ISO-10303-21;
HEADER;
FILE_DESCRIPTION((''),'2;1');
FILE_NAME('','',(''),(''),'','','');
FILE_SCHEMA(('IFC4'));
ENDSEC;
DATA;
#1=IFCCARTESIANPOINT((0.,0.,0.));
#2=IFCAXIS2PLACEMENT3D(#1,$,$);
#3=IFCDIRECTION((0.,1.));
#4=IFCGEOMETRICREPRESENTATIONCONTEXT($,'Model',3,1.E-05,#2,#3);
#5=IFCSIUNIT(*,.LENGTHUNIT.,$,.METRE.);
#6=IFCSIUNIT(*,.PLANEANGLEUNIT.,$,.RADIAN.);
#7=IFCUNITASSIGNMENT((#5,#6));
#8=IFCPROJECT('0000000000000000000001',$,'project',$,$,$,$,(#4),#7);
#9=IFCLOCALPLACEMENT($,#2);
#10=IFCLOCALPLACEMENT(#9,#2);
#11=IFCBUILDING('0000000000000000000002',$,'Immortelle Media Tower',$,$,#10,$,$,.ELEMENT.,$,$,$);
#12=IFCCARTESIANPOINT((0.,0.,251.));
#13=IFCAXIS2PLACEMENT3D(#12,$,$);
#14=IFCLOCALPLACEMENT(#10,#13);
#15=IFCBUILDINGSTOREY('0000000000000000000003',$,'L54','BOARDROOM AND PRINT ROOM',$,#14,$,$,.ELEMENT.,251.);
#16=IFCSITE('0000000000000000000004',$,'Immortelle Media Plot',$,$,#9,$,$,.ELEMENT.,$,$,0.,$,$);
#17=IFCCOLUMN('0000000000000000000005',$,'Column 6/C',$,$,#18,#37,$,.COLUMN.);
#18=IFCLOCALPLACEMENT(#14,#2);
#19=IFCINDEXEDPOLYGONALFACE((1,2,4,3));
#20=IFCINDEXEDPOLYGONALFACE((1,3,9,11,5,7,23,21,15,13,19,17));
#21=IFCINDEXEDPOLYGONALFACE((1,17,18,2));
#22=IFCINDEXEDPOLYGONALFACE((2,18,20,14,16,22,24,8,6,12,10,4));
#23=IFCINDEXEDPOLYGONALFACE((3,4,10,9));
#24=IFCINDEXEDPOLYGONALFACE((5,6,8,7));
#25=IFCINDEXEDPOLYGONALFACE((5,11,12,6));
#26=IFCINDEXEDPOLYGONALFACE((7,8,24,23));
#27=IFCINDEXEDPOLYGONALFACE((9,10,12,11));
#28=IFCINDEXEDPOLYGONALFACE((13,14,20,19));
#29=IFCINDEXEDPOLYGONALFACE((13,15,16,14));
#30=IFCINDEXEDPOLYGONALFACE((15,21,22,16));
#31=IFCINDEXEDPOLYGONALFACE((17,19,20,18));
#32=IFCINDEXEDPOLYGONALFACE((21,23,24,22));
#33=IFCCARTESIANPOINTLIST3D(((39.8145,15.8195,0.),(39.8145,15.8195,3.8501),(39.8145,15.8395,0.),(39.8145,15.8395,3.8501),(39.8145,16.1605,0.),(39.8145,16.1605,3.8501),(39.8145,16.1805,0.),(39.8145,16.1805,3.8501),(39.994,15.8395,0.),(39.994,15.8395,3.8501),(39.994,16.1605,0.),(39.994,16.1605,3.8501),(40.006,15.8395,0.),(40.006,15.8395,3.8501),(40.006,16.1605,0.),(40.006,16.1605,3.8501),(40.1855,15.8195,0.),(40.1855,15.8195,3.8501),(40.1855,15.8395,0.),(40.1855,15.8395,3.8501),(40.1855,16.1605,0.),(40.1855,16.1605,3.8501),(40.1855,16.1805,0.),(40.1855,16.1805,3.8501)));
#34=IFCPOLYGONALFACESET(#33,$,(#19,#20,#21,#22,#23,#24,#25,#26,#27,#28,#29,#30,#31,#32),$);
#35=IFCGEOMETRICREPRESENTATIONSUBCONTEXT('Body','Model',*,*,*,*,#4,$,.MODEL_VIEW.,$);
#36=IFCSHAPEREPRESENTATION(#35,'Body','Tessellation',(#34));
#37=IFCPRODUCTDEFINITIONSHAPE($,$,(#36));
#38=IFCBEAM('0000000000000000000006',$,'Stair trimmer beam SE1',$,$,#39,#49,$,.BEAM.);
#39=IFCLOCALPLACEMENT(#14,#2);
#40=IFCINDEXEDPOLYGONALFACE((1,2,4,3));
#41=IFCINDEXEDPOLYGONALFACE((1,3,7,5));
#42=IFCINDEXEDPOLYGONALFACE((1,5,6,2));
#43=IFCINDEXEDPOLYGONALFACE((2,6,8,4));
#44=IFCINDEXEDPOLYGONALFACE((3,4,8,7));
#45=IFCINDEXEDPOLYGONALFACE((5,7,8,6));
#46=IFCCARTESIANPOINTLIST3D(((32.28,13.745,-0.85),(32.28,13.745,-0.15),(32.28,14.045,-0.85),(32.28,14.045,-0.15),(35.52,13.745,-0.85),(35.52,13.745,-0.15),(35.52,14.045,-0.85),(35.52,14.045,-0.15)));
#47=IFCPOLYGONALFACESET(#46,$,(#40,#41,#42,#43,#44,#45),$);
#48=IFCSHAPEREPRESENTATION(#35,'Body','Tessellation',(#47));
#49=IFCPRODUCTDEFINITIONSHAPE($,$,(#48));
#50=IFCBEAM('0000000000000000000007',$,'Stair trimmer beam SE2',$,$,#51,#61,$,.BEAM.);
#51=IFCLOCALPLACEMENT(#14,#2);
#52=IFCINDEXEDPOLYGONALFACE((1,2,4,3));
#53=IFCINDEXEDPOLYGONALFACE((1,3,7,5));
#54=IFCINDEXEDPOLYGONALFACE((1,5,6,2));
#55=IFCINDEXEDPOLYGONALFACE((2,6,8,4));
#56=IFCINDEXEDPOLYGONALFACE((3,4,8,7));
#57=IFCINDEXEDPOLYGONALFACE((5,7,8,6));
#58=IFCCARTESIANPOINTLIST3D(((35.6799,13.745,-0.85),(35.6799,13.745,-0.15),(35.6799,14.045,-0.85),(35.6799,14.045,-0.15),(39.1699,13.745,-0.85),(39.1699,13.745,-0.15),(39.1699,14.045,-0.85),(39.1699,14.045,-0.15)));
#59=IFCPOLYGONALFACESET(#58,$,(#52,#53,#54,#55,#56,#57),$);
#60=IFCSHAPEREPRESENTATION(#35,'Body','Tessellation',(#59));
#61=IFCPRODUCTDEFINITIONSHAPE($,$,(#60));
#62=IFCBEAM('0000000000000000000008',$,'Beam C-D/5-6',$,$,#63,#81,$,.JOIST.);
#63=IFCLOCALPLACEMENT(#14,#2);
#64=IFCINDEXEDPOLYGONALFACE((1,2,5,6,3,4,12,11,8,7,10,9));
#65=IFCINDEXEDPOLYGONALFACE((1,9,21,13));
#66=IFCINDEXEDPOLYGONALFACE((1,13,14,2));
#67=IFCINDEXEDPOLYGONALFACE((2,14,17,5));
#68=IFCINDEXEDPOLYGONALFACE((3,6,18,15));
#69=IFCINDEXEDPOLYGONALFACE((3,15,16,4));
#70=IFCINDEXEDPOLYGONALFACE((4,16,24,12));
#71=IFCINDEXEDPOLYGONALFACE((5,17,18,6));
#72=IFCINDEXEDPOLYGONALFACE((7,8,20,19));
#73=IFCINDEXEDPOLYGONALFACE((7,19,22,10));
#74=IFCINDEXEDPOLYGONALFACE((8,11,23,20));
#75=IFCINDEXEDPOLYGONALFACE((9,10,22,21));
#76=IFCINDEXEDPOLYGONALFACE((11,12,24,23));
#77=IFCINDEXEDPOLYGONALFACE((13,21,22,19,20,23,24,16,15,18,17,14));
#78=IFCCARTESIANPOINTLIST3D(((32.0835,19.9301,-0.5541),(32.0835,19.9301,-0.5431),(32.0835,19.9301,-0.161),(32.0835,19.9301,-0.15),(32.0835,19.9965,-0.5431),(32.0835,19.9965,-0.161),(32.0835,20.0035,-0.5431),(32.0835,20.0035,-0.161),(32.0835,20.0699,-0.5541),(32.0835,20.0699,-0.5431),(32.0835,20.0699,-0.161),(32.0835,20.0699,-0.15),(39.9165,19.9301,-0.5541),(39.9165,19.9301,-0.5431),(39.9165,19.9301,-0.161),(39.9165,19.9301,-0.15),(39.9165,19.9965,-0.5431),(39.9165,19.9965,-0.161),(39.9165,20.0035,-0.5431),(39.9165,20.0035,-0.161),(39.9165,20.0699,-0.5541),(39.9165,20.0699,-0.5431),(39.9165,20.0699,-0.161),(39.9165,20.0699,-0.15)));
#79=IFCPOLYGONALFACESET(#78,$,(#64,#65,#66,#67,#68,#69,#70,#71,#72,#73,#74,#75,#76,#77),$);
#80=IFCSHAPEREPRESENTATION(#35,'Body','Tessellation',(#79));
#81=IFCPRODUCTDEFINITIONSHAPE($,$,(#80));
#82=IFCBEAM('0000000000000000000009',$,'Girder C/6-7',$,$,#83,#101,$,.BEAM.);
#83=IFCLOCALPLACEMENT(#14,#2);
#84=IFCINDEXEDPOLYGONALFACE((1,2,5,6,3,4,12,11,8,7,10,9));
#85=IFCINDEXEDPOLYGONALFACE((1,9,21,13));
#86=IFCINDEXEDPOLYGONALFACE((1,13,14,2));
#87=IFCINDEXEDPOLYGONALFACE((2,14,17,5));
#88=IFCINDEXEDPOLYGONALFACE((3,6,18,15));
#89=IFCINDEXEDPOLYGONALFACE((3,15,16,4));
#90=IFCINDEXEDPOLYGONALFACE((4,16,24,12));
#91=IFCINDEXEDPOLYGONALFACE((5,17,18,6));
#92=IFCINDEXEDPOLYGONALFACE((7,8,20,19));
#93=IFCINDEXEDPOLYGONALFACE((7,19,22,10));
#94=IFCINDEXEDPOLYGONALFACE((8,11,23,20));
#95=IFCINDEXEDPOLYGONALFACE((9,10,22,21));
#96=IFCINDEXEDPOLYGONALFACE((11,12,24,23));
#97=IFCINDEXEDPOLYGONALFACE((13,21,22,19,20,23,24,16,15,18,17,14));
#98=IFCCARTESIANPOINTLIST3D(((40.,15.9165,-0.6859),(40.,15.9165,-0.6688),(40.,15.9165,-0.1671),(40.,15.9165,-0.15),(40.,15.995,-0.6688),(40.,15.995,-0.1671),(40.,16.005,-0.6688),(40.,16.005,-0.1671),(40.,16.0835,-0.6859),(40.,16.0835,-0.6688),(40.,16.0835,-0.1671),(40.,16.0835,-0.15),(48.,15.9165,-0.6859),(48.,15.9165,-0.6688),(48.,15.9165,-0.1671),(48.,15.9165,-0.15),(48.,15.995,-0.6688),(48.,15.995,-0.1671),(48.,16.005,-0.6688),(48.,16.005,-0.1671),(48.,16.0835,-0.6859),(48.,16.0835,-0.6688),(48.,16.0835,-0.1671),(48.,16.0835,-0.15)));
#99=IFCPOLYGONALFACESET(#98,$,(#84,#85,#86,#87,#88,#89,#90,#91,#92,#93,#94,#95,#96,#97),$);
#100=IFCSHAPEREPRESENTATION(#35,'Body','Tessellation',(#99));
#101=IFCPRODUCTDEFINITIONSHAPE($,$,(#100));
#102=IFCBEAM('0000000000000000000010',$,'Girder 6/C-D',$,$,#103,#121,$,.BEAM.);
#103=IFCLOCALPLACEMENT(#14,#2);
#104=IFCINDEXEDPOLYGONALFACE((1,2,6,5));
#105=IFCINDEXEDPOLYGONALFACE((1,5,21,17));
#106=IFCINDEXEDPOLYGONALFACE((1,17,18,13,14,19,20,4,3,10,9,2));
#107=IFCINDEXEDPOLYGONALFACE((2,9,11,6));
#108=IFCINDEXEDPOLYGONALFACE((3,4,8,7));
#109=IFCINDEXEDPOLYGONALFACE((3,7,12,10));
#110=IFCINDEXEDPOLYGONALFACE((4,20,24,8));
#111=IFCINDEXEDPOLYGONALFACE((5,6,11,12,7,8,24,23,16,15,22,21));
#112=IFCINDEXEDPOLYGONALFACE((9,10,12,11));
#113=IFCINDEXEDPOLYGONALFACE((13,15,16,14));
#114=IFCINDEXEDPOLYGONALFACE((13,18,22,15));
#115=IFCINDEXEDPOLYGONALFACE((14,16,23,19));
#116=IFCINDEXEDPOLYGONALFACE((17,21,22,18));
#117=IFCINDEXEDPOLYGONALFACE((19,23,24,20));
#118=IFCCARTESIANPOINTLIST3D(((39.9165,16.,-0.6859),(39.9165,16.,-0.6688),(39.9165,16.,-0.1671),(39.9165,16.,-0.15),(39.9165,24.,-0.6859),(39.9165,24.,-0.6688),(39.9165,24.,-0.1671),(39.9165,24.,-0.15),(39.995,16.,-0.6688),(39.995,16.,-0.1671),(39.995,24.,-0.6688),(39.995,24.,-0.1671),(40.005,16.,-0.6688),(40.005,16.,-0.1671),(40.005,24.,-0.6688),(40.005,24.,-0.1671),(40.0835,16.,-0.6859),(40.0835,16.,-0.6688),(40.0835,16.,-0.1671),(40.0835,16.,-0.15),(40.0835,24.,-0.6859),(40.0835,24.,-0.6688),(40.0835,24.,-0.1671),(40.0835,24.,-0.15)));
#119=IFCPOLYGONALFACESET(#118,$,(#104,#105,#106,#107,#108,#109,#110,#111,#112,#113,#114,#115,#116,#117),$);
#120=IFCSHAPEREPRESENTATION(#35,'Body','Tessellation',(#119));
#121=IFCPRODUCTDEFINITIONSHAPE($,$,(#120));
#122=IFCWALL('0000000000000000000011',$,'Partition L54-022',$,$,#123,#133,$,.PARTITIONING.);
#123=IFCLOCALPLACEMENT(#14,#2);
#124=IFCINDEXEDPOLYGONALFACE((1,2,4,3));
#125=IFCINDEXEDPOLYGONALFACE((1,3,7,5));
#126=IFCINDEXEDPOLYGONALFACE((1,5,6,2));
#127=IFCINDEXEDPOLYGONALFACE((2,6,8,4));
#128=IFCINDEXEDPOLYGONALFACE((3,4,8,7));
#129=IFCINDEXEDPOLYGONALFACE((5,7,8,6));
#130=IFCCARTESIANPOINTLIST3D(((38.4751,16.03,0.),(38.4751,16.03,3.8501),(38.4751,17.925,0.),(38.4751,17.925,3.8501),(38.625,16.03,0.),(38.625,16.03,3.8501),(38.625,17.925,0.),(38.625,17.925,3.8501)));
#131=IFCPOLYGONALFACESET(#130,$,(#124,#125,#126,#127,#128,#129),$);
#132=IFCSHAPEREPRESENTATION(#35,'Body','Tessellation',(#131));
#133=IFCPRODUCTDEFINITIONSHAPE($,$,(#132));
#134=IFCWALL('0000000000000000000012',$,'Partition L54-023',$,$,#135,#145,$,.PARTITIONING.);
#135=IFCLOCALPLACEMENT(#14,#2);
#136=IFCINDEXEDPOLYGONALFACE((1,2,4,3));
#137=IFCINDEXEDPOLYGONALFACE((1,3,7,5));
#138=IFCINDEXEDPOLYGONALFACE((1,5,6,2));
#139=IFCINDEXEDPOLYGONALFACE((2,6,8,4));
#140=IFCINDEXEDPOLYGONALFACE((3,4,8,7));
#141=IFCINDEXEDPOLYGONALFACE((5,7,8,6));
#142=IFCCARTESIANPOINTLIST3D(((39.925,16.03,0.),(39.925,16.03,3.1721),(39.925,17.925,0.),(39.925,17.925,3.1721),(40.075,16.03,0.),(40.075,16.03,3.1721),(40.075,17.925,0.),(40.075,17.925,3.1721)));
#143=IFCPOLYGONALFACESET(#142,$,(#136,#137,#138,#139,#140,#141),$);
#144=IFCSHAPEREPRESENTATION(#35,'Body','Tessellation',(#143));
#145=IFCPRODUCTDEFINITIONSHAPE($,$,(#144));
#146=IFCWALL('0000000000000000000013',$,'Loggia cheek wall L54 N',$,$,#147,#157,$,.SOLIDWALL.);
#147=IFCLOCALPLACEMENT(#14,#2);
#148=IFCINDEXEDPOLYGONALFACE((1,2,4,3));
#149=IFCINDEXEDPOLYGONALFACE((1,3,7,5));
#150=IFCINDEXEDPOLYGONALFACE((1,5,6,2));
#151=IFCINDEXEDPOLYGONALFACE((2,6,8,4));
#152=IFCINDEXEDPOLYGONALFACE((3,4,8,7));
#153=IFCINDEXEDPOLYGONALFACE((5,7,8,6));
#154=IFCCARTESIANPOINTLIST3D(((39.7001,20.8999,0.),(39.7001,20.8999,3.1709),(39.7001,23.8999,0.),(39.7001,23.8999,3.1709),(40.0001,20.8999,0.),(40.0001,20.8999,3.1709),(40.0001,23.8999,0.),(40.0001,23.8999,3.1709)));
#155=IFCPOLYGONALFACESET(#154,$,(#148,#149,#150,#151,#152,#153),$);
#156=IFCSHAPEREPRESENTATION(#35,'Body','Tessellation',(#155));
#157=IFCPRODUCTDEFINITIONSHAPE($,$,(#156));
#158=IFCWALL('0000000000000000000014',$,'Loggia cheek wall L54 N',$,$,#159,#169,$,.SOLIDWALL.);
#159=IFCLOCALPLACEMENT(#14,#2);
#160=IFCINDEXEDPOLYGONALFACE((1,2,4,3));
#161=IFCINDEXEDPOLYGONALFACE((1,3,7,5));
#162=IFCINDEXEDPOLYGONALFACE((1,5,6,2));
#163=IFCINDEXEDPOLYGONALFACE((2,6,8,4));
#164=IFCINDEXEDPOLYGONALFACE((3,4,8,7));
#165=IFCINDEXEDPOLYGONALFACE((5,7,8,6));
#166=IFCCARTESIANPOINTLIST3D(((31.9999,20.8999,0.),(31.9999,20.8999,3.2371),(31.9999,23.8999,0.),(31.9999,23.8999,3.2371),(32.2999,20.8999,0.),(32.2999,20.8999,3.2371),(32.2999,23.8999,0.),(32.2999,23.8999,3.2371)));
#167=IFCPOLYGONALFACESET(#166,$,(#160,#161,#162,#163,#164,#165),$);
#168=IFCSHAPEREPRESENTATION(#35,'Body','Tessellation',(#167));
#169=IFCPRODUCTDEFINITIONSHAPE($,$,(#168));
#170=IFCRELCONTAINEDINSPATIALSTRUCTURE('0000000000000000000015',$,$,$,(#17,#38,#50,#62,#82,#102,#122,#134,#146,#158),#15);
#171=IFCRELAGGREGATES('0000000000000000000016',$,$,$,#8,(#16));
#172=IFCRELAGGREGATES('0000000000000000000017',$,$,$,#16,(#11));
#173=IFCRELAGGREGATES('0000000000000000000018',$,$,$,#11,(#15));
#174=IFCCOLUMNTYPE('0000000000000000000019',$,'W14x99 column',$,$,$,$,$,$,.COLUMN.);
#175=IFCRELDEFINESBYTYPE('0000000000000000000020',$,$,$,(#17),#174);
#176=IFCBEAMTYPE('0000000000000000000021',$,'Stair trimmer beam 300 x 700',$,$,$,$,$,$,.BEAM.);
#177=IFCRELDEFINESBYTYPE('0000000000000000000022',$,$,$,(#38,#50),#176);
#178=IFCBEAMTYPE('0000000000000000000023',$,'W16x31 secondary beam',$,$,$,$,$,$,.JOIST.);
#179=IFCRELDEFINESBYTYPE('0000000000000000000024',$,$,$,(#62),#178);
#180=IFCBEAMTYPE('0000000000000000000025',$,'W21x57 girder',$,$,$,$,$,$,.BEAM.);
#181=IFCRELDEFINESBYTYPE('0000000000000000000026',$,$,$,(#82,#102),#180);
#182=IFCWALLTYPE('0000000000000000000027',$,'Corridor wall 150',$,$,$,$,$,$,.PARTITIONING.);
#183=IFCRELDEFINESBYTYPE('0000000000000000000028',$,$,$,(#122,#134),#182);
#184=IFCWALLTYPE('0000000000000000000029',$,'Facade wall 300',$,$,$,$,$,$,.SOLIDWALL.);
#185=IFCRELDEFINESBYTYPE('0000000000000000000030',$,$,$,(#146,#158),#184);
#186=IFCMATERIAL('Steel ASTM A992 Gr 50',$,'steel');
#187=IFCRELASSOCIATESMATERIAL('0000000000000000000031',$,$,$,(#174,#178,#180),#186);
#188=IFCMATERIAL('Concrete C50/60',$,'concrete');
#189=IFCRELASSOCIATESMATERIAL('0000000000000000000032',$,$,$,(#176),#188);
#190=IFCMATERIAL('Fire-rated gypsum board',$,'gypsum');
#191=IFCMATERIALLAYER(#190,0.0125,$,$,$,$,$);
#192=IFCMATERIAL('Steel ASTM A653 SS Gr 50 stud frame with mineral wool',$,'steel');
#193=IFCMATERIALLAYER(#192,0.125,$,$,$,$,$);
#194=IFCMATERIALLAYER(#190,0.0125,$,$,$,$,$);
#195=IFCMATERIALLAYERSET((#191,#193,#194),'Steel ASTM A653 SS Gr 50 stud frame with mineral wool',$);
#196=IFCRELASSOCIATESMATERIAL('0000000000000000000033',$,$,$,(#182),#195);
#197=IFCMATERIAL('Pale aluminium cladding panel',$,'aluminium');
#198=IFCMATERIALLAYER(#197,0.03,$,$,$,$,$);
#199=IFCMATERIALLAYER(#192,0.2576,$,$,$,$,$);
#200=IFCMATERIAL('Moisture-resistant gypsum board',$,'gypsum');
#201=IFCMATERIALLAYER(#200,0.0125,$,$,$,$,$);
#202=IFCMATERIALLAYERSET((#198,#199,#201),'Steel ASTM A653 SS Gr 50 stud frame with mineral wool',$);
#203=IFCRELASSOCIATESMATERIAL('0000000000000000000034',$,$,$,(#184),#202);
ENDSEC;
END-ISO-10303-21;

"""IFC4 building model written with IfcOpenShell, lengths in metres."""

from ifc_helpers import new_model, si_unit, direction, frame, frame_2d, origin, origin_2d, place, context, subcontext, project, spatial, rectangle, i_section, extrude, material, layer, layer_set, material_profile, profile_set, type_object, element, save


model = new_model("IFC4")

# Units and contexts
model_context = context("Model", 3, precision=1e-05, world=origin(), true_north=direction((0.0, 1.0)))
body_context = subcontext(model_context, "Body", "Model", "MODEL_VIEW")
ifc_project = project(units=[si_unit("LENGTHUNIT", "METRE"), si_unit("PLANEANGLEUNIT", "RADIAN")], contexts=[model_context])

# Site, building, storey
site_placement = place(None, origin())
site = spatial("IfcSite", under=ifc_project, at=site_placement, Name="Immortelle Media Plot", CompositionType="ELEMENT", RefElevation=0.0)
building_placement = place(site_placement, origin())
building = spatial("IfcBuilding", under=site, at=building_placement, Name="Immortelle Media Tower", CompositionType="ELEMENT")
storey_placement = place(building_placement, frame((0.0, 0.0, 251.0)))
storey = spatial("IfcBuildingStorey", under=building, at=storey_placement, Name="L54", Description="BOARDROOM AND PRINT ROOM", CompositionType="ELEMENT", Elevation=251.0)

# Column
ifc_material_1 = material(Name="Steel ASTM A992 Gr 50", Category="steel")
ifc_material_profile_1 = material_profile(ifc_material_1, i_section(OverallWidth=0.3711, OverallDepth=0.3611, WebThickness=0.012, FlangeThickness=0.02, at=origin_2d()), Name="W14x99")
ifc_profile_set_1 = profile_set([ifc_material_profile_1], Name="Steel ASTM A992 Gr 50")
column_type = type_object("IfcColumnType", Name="W14x99 column", PredefinedType="COLUMN", material=ifc_profile_set_1)
column_placement = place(storey_placement, frame((40.0, 16.0, 0.0), z_axis=(0.0, 0.0, 1.0), x_axis=(1.0, 0.0, 0.0)))
element("IfcColumn", 1, at=column_placement, inside=storey, type_object=column_type, Name="Column 6/C", PredefinedType="COLUMN", context=body_context, shape_type="SweptSolid", body=[
    extrude(i_section(OverallWidth=0.3711, OverallDepth=0.3611, WebThickness=0.012, FlangeThickness=0.02, at=origin_2d()), origin(), (0.0, 0.0, 1.0), 3.8501),
])

# Beams
ifc_material_2 = material(Name="Concrete C50/60", Category="concrete")
ifc_material_profile_2 = material_profile(ifc_material_2, rectangle(XDim=0.3, YDim=0.7, at=origin_2d()), Name="RC 300x700")
ifc_profile_set_2 = profile_set([ifc_material_profile_2], Name="Concrete C50/60")
beam_type_1 = type_object("IfcBeamType", Name="Stair trimmer beam 300 x 700", PredefinedType="BEAM", material=ifc_profile_set_2)
beam_1_placement = place(storey_placement, frame((32.28, 13.895, -0.5), z_axis=(1.0, 0.0, 0.0), x_axis=(0.0, 1.0, 0.0)))
element("IfcBeam", 2, at=beam_1_placement, inside=storey, type_object=beam_type_1, Name="Stair trimmer beam SE1", PredefinedType="BEAM", context=body_context, shape_type="SweptSolid", body=[
    extrude(rectangle(XDim=0.3, YDim=0.7, at=origin_2d()), origin(), (0.0, 0.0, 1.0), 3.24),
])
beam_2_placement = place(storey_placement, frame((35.6799, 13.895, -0.5), z_axis=(1.0, 0.0, 0.0), x_axis=(0.0, 1.0, 0.0)))
element("IfcBeam", 3, at=beam_2_placement, inside=storey, type_object=beam_type_1, Name="Stair trimmer beam SE2", PredefinedType="BEAM", context=body_context, shape_type="SweptSolid", body=[
    extrude(rectangle(XDim=0.3, YDim=0.7, at=origin_2d()), origin(), (0.0, 0.0, 1.0), 3.49),
])
ifc_material_profile_3 = material_profile(ifc_material_1, i_section(OverallWidth=0.1399, OverallDepth=0.4041, WebThickness=0.0071, FlangeThickness=0.011, at=origin_2d()), Name="W16x31")
ifc_profile_set_3 = profile_set([ifc_material_profile_3], Name="Steel ASTM A992 Gr 50")
beam_type_2 = type_object("IfcBeamType", Name="W16x31 secondary beam", PredefinedType="JOIST", material=ifc_profile_set_3)
beam_3_placement = place(storey_placement, frame((32.0835, 20.0, -0.3521), z_axis=(1.0, 0.0, 0.0), x_axis=(0.0, 1.0, 0.0)))
element("IfcBeam", 4, at=beam_3_placement, inside=storey, type_object=beam_type_2, Name="Beam C-D/5-6", PredefinedType="JOIST", context=body_context, shape_type="SweptSolid", body=[
    extrude(i_section(OverallWidth=0.1399, OverallDepth=0.4041, WebThickness=0.0071, FlangeThickness=0.011, at=origin_2d()), origin(), (0.0, 0.0, 1.0), 7.833),
])
ifc_material_profile_4 = material_profile(ifc_material_1, i_section(OverallWidth=0.167, OverallDepth=0.5359, WebThickness=0.01, FlangeThickness=0.0171, at=origin_2d()), Name="W21x57")
ifc_profile_set_4 = profile_set([ifc_material_profile_4], Name="Steel ASTM A992 Gr 50")
beam_type_3 = type_object("IfcBeamType", Name="W21x57 girder", PredefinedType="BEAM", material=ifc_profile_set_4)
for number, where, z_axis, x_axis, name in (
    (5, (40.0, 16.0, -0.418), (1.0, 0.0, 0.0), (0.0, 1.0, 0.0), "Girder C/6-7"),
    (6, (40.0, 16.0, -0.418), (0.0, 1.0, 0.0), (-1.0, 0.0, 0.0), "Girder 6/C-D"),
):
    element("IfcBeam", number, at=place(storey_placement, frame(where, z_axis=z_axis, x_axis=x_axis)), inside=storey, type_object=beam_type_3, Name=name, PredefinedType="BEAM", context=body_context, shape_type="SweptSolid", body=[
        extrude(i_section(OverallWidth=0.167, OverallDepth=0.5359, WebThickness=0.01, FlangeThickness=0.0171, at=origin_2d()), origin(), (0.0, 0.0, 1.0), 8.0),
    ])

# Walls
ifc_material_3 = material(Name="Fire-rated gypsum board", Category="gypsum")
ifc_layer_1 = layer(ifc_material_3, 0.0125)
ifc_material_4 = material(Name="Steel ASTM A653 SS Gr 50 stud frame with mineral wool", Category="steel")
ifc_layer_2 = layer(ifc_material_4, 0.125)
ifc_layer_3 = layer(ifc_material_3, 0.0125)
ifc_layer_set_1 = layer_set([ifc_layer_1, ifc_layer_2, ifc_layer_3], Name="Steel ASTM A653 SS Gr 50 stud frame with mineral wool")
wall_type_1 = type_object("IfcWallType", Name="Corridor wall 150", PredefinedType="PARTITIONING", material=ifc_layer_set_1)
wall_1_placement = place(storey_placement, frame((38.55, 16.03, 0.0), z_axis=(0.0, 0.0, 1.0), x_axis=(0.0, 1.0, 0.0)))
element("IfcWall", 7, at=wall_1_placement, inside=storey, type_object=wall_type_1, Name="Partition L54-022", PredefinedType="PARTITIONING", context=body_context, shape_type="SweptSolid", body=[
    extrude(rectangle(XDim=1.895, YDim=0.1499, at=frame_2d((0.9475, 0.0))), origin(), (0.0, 0.0, 1.0), 3.8501),
])
wall_2_placement = place(storey_placement, frame((40.0, 16.03, 0.0), z_axis=(0.0, 0.0, 1.0), x_axis=(0.0, 1.0, 0.0)))
element("IfcWall", 8, at=wall_2_placement, inside=storey, type_object=wall_type_1, Name="Partition L54-023", PredefinedType="PARTITIONING", context=body_context, shape_type="SweptSolid", body=[
    extrude(rectangle(XDim=1.895, YDim=0.1499, at=frame_2d((0.9475, 0.0))), origin(), (0.0, 0.0, 1.0), 3.1721),
])

# Shared definitions
ifc_material_5 = material(Name="Pale aluminium cladding panel", Category="aluminium")
ifc_layer_4 = layer(ifc_material_5, 0.03)
ifc_layer_5 = layer(ifc_material_4, 0.2576)
ifc_material_6 = material(Name="Moisture-resistant gypsum board", Category="gypsum")
ifc_layer_6 = layer(ifc_material_6, 0.0125)
ifc_layer_set_2 = layer_set([ifc_layer_4, ifc_layer_5, ifc_layer_6], Name="Steel ASTM A653 SS Gr 50 stud frame with mineral wool")
wall_type_2 = type_object("IfcWallType", Name="Facade wall 300", PredefinedType="SOLIDWALL", material=ifc_layer_set_2)

# Walls
wall_3_placement = place(storey_placement, frame((39.8501, 23.8999, 0.0), z_axis=(0.0, 0.0, 1.0), x_axis=(0.0, -1.0, 0.0)))
element("IfcWall", 9, at=wall_3_placement, inside=storey, type_object=wall_type_2, Name="Loggia cheek wall L54 N", PredefinedType="SOLIDWALL", context=body_context, shape_type="SweptSolid", body=[
    extrude(rectangle(XDim=3.0, YDim=0.3, at=frame_2d((1.5, 0.0))), origin(), (0.0, 0.0, 1.0), 3.1709),
])
wall_4_placement = place(storey_placement, frame((32.1499, 23.8999, 0.0), z_axis=(0.0, 0.0, 1.0), x_axis=(0.0, -1.0, 0.0)))
element("IfcWall", 10, at=wall_4_placement, inside=storey, type_object=wall_type_2, Name="Loggia cheek wall L54 N", PredefinedType="SOLIDWALL", context=body_context, shape_type="SweptSolid", body=[
    extrude(rectangle(XDim=3.0, YDim=0.3, at=frame_2d((1.5, 0.0))), origin(), (0.0, 0.0, 1.0), 3.2371),
])

save(model, "model.ifc")
